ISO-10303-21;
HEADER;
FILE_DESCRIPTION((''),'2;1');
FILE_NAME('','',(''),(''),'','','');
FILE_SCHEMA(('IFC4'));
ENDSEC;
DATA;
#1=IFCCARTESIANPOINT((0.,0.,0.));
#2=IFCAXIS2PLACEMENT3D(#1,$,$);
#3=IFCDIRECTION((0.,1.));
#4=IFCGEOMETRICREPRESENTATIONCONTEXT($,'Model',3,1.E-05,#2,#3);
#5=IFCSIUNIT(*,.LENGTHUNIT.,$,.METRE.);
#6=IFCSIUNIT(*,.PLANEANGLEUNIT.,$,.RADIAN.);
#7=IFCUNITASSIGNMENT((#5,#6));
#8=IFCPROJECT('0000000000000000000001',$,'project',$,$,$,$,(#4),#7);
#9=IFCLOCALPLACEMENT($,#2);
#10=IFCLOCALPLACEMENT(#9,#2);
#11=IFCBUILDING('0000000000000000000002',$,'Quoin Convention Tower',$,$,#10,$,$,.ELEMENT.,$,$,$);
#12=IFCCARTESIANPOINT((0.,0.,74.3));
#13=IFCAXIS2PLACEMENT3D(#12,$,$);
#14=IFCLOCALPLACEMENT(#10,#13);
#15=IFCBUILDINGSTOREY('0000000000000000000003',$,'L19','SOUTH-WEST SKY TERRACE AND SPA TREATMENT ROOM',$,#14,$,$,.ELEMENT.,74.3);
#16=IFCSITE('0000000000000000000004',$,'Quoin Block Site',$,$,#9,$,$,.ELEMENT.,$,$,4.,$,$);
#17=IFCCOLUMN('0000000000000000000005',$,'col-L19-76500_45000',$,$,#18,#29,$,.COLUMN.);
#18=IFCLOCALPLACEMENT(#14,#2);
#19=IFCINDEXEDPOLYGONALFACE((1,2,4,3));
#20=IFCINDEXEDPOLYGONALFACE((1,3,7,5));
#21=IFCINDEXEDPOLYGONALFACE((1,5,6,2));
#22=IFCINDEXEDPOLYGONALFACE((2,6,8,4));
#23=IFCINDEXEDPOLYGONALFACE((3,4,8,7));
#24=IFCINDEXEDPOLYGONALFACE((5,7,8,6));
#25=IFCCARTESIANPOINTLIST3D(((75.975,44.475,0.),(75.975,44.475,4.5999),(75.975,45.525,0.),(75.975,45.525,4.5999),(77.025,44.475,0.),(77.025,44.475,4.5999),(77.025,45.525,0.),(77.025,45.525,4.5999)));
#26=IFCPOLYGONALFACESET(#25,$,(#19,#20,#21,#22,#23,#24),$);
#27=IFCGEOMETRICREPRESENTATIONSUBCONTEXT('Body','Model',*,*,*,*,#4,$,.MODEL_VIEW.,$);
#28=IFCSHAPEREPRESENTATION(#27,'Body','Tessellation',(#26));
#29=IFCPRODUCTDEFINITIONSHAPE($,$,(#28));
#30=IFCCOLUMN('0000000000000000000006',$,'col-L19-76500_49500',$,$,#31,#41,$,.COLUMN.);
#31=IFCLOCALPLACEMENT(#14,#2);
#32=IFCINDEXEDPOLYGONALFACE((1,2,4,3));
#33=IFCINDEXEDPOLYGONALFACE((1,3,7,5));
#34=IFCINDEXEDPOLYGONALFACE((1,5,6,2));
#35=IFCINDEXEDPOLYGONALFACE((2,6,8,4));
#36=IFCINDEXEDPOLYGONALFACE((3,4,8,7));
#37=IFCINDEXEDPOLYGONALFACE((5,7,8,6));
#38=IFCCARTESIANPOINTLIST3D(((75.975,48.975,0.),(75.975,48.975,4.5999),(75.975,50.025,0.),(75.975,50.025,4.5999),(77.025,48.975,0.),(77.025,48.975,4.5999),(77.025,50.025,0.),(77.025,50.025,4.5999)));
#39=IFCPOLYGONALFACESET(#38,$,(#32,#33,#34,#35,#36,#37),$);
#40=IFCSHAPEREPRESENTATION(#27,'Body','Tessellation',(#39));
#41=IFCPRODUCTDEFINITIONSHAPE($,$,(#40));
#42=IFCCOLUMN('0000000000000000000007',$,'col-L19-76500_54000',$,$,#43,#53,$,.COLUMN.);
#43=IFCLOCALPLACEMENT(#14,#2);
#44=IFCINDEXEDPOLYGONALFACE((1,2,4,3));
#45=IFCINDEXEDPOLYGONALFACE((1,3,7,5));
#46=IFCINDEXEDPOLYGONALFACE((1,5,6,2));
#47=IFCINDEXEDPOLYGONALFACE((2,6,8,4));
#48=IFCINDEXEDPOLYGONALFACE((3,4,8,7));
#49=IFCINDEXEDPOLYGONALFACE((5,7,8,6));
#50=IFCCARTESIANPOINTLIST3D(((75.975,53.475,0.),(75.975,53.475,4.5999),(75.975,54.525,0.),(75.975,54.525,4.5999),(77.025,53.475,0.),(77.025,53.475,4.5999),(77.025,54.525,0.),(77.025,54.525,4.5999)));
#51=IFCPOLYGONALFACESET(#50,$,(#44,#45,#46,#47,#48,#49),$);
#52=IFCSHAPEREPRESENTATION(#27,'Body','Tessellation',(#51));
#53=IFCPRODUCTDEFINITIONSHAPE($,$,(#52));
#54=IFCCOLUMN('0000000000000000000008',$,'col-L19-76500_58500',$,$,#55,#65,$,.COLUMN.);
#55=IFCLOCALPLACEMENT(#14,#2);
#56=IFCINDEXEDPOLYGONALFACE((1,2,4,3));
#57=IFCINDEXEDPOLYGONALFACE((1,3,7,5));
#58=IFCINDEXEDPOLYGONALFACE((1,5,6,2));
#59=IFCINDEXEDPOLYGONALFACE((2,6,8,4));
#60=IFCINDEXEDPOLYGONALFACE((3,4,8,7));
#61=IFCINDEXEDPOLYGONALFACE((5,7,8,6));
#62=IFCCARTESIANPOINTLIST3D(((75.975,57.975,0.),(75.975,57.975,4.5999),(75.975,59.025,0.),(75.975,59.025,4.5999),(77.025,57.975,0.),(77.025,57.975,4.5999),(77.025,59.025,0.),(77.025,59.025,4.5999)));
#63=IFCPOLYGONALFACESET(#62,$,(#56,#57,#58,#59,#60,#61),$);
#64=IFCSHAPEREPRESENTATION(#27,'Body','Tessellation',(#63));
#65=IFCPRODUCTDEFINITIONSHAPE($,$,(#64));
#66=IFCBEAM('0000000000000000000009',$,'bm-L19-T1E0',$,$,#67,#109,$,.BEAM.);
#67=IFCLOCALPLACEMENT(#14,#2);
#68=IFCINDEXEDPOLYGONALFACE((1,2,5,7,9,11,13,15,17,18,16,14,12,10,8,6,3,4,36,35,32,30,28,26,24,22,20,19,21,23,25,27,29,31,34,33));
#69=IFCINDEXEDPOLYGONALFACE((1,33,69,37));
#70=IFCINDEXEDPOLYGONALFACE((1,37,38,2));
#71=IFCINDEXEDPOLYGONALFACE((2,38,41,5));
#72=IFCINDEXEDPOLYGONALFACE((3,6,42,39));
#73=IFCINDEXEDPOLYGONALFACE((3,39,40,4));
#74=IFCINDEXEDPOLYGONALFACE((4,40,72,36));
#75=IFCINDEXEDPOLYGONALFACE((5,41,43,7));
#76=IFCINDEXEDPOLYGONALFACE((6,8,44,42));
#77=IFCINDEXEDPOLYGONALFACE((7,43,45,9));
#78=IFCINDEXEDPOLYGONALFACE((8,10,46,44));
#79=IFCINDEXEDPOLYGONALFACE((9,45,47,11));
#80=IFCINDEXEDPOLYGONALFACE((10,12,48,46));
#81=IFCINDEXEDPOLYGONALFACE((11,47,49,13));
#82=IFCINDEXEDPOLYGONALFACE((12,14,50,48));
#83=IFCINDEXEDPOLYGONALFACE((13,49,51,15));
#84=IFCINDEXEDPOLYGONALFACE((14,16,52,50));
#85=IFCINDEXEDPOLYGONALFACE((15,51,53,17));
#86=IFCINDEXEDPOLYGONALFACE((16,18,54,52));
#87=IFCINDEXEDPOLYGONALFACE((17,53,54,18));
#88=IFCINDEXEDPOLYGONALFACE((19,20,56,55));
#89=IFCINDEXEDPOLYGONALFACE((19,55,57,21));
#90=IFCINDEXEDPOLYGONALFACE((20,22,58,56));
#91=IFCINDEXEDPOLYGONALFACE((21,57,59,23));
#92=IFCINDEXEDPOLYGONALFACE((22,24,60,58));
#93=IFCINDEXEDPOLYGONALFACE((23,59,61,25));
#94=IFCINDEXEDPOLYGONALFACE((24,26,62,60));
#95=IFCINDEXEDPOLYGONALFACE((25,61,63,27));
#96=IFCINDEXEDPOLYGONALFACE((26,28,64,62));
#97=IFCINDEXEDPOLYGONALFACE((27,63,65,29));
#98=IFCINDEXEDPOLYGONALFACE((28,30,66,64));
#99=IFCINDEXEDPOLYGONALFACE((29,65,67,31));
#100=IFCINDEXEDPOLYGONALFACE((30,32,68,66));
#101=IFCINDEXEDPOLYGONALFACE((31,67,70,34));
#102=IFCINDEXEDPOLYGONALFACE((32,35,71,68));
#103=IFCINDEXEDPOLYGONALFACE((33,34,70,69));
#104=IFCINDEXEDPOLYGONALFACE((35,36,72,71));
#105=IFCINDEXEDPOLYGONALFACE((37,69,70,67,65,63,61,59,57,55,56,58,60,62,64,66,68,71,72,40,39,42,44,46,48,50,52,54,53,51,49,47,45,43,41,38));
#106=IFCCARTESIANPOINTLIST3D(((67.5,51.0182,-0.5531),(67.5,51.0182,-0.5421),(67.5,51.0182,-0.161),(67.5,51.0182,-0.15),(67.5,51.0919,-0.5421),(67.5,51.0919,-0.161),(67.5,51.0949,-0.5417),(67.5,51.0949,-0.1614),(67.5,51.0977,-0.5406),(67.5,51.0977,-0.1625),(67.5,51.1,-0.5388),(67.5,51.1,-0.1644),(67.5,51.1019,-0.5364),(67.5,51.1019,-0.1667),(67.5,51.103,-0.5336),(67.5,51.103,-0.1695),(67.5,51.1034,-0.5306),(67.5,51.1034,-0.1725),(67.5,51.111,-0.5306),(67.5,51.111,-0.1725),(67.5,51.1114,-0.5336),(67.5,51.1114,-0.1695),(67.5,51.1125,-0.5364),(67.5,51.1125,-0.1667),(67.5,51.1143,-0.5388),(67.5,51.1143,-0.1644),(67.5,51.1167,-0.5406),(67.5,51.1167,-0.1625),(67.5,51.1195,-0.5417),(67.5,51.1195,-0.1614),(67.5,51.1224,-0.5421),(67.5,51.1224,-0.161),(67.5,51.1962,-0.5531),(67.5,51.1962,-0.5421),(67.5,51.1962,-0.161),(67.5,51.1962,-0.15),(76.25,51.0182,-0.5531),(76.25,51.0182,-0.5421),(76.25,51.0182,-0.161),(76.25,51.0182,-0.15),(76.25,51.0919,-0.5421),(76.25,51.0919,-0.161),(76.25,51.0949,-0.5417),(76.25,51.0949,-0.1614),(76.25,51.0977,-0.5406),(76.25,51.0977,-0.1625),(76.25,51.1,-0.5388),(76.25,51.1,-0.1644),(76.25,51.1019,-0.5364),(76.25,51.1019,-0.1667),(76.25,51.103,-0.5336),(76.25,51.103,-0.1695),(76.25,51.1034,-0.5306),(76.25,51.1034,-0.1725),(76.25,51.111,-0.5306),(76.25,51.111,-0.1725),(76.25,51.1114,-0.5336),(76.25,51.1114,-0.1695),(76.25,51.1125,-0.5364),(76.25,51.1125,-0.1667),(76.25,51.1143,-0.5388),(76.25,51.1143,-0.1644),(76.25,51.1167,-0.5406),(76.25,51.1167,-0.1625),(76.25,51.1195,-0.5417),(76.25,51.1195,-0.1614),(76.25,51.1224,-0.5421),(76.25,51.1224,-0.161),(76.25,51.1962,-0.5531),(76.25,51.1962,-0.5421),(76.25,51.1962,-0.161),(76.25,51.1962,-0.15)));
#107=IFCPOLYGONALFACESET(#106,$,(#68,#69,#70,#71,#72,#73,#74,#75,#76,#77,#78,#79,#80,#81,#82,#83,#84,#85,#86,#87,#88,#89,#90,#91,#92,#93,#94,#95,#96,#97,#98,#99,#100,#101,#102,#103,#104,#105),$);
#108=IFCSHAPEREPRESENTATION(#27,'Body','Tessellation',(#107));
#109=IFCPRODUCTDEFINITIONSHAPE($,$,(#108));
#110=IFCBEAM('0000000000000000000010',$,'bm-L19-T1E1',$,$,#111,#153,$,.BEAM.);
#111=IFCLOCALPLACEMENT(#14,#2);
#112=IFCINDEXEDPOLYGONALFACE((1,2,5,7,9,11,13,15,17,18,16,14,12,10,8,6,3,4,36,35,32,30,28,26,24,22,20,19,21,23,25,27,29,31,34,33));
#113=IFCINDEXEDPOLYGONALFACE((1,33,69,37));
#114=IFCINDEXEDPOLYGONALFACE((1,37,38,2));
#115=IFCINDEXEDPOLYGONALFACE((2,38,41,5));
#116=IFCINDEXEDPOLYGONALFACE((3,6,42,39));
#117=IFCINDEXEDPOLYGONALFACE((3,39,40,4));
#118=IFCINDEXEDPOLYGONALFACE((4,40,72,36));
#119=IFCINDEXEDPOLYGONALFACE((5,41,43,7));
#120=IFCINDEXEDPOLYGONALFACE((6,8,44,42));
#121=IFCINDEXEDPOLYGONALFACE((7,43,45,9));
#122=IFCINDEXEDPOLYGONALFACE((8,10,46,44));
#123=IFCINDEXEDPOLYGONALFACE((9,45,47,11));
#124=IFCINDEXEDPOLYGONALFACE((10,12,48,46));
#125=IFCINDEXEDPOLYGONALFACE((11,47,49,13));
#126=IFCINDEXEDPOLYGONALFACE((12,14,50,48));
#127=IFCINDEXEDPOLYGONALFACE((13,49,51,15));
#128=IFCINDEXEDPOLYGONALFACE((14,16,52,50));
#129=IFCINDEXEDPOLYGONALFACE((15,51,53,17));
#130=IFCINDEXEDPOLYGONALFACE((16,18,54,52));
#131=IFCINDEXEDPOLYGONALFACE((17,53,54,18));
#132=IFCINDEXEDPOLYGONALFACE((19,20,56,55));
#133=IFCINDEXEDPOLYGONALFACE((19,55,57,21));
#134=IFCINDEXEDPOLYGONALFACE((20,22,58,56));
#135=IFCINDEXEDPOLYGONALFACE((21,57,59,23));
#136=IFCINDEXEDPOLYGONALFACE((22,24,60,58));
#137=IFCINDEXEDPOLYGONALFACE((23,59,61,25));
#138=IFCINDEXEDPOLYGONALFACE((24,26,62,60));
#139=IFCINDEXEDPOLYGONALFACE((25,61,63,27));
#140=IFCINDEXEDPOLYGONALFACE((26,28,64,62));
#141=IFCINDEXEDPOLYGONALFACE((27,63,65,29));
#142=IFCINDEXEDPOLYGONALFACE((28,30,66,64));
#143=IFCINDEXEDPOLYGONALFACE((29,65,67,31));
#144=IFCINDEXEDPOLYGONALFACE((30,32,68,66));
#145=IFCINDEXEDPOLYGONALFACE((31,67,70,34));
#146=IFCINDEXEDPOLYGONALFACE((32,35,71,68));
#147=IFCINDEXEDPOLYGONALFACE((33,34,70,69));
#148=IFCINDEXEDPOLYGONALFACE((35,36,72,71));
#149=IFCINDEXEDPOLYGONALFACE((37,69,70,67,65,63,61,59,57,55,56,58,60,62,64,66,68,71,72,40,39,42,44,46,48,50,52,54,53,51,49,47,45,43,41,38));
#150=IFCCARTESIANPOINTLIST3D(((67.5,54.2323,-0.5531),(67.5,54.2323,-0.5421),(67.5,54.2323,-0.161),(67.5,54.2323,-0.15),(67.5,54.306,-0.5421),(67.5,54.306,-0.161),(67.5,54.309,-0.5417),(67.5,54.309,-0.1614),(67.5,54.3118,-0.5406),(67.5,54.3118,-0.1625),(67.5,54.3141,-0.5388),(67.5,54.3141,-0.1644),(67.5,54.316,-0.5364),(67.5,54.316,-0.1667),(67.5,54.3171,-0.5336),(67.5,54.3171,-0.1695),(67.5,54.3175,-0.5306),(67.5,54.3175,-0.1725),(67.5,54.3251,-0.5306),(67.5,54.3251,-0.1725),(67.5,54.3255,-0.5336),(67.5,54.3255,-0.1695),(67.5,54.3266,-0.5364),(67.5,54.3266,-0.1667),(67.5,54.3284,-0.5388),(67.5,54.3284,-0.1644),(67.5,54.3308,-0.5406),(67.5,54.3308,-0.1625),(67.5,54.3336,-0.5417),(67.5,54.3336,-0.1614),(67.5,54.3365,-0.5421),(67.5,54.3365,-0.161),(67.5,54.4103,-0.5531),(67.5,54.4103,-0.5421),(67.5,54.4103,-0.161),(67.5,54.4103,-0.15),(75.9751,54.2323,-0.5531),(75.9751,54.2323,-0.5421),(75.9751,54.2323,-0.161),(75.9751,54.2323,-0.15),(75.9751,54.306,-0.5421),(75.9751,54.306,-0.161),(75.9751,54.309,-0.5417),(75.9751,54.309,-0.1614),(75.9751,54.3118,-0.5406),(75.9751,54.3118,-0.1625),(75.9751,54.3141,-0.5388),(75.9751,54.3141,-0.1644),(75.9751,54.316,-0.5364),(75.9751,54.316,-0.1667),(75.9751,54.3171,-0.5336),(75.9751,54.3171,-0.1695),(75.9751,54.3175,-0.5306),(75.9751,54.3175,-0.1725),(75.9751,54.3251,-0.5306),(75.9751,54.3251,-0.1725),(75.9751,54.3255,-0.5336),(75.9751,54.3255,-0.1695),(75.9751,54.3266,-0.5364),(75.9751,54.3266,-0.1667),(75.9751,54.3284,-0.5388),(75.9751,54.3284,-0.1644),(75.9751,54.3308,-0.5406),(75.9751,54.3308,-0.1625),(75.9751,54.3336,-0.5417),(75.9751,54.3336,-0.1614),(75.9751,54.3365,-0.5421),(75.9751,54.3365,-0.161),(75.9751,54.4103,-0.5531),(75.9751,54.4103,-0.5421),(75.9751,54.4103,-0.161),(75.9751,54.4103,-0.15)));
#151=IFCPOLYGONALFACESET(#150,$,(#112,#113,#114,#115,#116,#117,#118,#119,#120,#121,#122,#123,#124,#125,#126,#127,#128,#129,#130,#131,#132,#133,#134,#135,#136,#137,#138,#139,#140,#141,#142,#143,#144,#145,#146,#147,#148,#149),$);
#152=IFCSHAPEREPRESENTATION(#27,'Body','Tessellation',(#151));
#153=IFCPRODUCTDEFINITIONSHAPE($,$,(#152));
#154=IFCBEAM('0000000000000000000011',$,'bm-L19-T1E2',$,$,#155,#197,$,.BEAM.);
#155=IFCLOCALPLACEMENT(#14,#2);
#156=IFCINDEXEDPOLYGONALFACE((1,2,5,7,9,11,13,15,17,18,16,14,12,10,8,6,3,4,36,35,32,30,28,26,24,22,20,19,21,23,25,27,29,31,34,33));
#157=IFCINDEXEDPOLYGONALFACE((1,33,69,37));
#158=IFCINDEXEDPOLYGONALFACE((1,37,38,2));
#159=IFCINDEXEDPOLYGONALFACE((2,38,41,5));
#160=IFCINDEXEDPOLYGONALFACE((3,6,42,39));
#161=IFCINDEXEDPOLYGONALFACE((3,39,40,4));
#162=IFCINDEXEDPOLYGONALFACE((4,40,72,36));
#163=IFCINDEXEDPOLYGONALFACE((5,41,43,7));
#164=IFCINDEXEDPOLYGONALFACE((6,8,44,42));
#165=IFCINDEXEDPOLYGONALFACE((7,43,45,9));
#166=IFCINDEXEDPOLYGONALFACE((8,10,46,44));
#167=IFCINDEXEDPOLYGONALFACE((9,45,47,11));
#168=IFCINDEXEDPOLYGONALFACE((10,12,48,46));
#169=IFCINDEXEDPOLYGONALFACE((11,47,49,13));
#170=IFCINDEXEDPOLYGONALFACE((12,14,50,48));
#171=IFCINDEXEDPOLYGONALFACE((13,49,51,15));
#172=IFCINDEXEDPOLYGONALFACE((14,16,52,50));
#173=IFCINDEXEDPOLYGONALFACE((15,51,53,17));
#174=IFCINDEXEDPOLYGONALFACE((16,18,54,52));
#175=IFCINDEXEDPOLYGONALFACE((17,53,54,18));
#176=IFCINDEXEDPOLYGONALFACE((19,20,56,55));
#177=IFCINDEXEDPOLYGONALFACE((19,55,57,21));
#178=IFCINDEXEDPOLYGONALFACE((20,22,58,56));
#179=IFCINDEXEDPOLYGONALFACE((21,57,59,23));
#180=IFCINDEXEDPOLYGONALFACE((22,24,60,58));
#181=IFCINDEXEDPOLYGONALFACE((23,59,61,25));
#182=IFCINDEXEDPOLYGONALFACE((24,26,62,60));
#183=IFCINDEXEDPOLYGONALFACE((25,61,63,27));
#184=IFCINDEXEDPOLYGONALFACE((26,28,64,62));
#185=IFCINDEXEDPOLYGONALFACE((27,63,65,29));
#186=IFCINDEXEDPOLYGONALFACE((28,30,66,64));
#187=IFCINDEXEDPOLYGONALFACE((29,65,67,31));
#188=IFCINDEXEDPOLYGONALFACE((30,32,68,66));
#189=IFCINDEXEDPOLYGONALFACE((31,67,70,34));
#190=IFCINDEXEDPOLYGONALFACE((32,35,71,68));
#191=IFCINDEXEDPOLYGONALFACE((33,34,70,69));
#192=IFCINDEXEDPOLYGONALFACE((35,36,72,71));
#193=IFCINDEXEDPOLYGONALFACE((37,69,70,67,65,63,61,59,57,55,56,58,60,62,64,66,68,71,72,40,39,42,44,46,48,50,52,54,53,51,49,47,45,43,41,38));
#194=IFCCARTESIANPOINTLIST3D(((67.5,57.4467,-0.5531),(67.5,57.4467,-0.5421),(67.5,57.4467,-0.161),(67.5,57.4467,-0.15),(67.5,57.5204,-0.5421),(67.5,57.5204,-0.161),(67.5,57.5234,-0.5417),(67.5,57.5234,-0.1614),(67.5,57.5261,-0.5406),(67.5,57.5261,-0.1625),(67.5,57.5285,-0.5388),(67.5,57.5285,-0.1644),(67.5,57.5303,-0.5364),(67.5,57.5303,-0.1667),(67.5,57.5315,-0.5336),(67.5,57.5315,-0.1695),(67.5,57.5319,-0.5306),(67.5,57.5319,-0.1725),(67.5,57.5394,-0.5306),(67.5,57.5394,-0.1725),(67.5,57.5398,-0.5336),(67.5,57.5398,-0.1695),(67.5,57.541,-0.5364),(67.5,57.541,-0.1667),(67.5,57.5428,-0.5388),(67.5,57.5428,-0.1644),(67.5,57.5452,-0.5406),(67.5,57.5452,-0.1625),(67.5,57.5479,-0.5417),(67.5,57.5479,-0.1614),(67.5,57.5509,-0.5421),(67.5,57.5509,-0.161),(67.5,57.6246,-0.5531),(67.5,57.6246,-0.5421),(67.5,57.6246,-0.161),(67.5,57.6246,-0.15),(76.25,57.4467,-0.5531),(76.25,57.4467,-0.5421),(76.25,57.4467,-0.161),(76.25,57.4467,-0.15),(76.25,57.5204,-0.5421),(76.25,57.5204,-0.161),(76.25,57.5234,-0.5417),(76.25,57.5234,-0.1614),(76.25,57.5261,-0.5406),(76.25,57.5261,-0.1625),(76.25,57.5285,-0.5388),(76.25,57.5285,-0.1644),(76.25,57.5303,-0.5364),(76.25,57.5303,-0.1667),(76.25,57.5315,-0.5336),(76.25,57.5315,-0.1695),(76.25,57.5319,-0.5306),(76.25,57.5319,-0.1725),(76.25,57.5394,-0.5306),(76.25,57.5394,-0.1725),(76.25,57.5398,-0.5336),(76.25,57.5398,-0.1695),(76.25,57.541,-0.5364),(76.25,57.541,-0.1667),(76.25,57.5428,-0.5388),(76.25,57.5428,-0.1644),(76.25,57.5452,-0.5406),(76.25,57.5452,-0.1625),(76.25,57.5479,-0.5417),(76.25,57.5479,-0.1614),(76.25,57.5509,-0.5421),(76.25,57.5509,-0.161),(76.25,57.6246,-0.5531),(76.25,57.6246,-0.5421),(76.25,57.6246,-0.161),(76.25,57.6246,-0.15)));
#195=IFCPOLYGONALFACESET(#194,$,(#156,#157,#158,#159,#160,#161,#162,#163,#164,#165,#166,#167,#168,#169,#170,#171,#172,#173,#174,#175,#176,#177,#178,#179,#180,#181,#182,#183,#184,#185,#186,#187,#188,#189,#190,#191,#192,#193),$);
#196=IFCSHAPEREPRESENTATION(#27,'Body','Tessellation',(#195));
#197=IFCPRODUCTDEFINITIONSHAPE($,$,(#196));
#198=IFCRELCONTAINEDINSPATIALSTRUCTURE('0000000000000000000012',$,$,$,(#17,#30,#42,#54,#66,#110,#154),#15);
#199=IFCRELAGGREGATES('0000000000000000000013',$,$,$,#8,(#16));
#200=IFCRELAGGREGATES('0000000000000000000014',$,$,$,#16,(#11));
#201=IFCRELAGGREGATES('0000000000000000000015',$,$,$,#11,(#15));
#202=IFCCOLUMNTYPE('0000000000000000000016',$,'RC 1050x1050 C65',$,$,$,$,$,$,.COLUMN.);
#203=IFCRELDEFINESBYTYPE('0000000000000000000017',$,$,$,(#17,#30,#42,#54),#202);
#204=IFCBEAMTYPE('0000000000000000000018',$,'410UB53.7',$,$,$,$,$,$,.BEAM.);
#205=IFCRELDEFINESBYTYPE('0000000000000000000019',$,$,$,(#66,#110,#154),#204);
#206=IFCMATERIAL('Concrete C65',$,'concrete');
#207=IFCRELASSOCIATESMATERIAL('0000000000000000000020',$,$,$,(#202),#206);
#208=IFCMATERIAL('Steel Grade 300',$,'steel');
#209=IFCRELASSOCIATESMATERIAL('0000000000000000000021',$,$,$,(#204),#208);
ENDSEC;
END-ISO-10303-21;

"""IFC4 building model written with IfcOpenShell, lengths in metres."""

from ifc_helpers import new_model, si_unit, direction, frame, origin, origin_2d, place, context, subcontext, project, spatial, rectangle, i_section, extrude, material, material_profile, profile_set, type_object, element, save


model = new_model("IFC4")

# Units and contexts
model_context = context("Model", 3, precision=1e-05, world=origin(), true_north=direction((0.0, 1.0)))
body_context = subcontext(model_context, "Body", "Model", "MODEL_VIEW")
ifc_project = project(units=[si_unit("LENGTHUNIT", "METRE"), si_unit("PLANEANGLEUNIT", "RADIAN")], contexts=[model_context])

# Site, building, storey
site_placement = place(None, origin())
site = spatial("IfcSite", under=ifc_project, at=site_placement, Name="Quoin Block Site", CompositionType="ELEMENT", RefElevation=4.0)
building_placement = place(site_placement, origin())
building = spatial("IfcBuilding", under=site, at=building_placement, Name="Quoin Convention Tower", CompositionType="ELEMENT")
storey_placement = place(building_placement, frame((0.0, 0.0, 74.3)))
storey = spatial("IfcBuildingStorey", under=building, at=storey_placement, Name="L19", Description="SOUTH-WEST SKY TERRACE AND SPA TREATMENT ROOM", CompositionType="ELEMENT", Elevation=74.3)

# Columns
ifc_material_1 = material(Name="Concrete C65", Category="concrete")
ifc_material_profile_1 = material_profile(ifc_material_1, rectangle(XDim=1.05, YDim=1.05, at=origin_2d()), Name="RC 1050x1050")
ifc_profile_set_1 = profile_set([ifc_material_profile_1], Name="Concrete C65")
column_type = type_object("IfcColumnType", Name="RC 1050x1050 C65", PredefinedType="COLUMN", material=ifc_profile_set_1)
for number, where, z_axis, x_axis, name in (
    (1, (76.5, 45.0, 0.0), (0.0, 0.0, 1.0), (1.0, 0.0, 0.0), "col-L19-76500_45000"),
    (2, (76.5, 49.5, 0.0), (0.0, 0.0, 1.0), (1.0, 0.0, 0.0), "col-L19-76500_49500"),
    (3, (76.5, 54.0, 0.0), (0.0, 0.0, 1.0), (1.0, 0.0, 0.0), "col-L19-76500_54000"),
    (4, (76.5, 58.5, 0.0), (0.0, 0.0, 1.0), (1.0, 0.0, 0.0), "col-L19-76500_58500"),
):
    element("IfcColumn", number, at=place(storey_placement, frame(where, z_axis=z_axis, x_axis=x_axis)), inside=storey, type_object=column_type, Name=name, PredefinedType="COLUMN", context=body_context, shape_type="SweptSolid", body=[
        extrude(rectangle(XDim=1.05, YDim=1.05, at=origin_2d()), origin(), (0.0, 0.0, 1.0), 4.5999),
    ])

# Beams
ifc_material_2 = material(Name="Steel Grade 300", Category="steel")
ifc_material_profile_2 = material_profile(ifc_material_2, i_section(OverallWidth=0.178, OverallDepth=0.4031, WebThickness=0.0076, FlangeThickness=0.011, FilletRadius=0.0115, at=origin_2d()), Name="410UB53.7")
ifc_profile_set_2 = profile_set([ifc_material_profile_2], Name="Steel Grade 300")
beam_type = type_object("IfcBeamType", Name="410UB53.7", PredefinedType="BEAM", material=ifc_profile_set_2)
beam_1_placement = place(storey_placement, frame((67.5, 51.1072, -0.3516), z_axis=(1.0, 0.0, 0.0), x_axis=(0.0, 1.0, 0.0)))
element("IfcBeam", 5, at=beam_1_placement, inside=storey, type_object=beam_type, Name="bm-L19-T1E0", PredefinedType="BEAM", context=body_context, shape_type="SweptSolid", body=[
    extrude(i_section(OverallWidth=0.178, OverallDepth=0.4031, WebThickness=0.0076, FlangeThickness=0.011, FilletRadius=0.0115, at=origin_2d()), origin(), (0.0, 0.0, 1.0), 8.75),
])
beam_2_placement = place(storey_placement, frame((67.5, 54.3213, -0.3516), z_axis=(1.0, 0.0, 0.0), x_axis=(0.0, 1.0, 0.0)))
element("IfcBeam", 6, at=beam_2_placement, inside=storey, type_object=beam_type, Name="bm-L19-T1E1", PredefinedType="BEAM", context=body_context, shape_type="SweptSolid", body=[
    extrude(i_section(OverallWidth=0.178, OverallDepth=0.4031, WebThickness=0.0076, FlangeThickness=0.011, FilletRadius=0.0115, at=origin_2d()), origin(), (0.0, 0.0, 1.0), 8.4751),
])
beam_3_placement = place(storey_placement, frame((67.5, 57.5356, -0.3516), z_axis=(1.0, 0.0, 0.0), x_axis=(0.0, 1.0, 0.0)))
element("IfcBeam", 7, at=beam_3_placement, inside=storey, type_object=beam_type, Name="bm-L19-T1E2", PredefinedType="BEAM", context=body_context, shape_type="SweptSolid", body=[
    extrude(i_section(OverallWidth=0.178, OverallDepth=0.4031, WebThickness=0.0076, FlangeThickness=0.011, FilletRadius=0.0115, at=origin_2d()), origin(), (0.0, 0.0, 1.0), 8.75),
])

save(model, "model.ifc")
